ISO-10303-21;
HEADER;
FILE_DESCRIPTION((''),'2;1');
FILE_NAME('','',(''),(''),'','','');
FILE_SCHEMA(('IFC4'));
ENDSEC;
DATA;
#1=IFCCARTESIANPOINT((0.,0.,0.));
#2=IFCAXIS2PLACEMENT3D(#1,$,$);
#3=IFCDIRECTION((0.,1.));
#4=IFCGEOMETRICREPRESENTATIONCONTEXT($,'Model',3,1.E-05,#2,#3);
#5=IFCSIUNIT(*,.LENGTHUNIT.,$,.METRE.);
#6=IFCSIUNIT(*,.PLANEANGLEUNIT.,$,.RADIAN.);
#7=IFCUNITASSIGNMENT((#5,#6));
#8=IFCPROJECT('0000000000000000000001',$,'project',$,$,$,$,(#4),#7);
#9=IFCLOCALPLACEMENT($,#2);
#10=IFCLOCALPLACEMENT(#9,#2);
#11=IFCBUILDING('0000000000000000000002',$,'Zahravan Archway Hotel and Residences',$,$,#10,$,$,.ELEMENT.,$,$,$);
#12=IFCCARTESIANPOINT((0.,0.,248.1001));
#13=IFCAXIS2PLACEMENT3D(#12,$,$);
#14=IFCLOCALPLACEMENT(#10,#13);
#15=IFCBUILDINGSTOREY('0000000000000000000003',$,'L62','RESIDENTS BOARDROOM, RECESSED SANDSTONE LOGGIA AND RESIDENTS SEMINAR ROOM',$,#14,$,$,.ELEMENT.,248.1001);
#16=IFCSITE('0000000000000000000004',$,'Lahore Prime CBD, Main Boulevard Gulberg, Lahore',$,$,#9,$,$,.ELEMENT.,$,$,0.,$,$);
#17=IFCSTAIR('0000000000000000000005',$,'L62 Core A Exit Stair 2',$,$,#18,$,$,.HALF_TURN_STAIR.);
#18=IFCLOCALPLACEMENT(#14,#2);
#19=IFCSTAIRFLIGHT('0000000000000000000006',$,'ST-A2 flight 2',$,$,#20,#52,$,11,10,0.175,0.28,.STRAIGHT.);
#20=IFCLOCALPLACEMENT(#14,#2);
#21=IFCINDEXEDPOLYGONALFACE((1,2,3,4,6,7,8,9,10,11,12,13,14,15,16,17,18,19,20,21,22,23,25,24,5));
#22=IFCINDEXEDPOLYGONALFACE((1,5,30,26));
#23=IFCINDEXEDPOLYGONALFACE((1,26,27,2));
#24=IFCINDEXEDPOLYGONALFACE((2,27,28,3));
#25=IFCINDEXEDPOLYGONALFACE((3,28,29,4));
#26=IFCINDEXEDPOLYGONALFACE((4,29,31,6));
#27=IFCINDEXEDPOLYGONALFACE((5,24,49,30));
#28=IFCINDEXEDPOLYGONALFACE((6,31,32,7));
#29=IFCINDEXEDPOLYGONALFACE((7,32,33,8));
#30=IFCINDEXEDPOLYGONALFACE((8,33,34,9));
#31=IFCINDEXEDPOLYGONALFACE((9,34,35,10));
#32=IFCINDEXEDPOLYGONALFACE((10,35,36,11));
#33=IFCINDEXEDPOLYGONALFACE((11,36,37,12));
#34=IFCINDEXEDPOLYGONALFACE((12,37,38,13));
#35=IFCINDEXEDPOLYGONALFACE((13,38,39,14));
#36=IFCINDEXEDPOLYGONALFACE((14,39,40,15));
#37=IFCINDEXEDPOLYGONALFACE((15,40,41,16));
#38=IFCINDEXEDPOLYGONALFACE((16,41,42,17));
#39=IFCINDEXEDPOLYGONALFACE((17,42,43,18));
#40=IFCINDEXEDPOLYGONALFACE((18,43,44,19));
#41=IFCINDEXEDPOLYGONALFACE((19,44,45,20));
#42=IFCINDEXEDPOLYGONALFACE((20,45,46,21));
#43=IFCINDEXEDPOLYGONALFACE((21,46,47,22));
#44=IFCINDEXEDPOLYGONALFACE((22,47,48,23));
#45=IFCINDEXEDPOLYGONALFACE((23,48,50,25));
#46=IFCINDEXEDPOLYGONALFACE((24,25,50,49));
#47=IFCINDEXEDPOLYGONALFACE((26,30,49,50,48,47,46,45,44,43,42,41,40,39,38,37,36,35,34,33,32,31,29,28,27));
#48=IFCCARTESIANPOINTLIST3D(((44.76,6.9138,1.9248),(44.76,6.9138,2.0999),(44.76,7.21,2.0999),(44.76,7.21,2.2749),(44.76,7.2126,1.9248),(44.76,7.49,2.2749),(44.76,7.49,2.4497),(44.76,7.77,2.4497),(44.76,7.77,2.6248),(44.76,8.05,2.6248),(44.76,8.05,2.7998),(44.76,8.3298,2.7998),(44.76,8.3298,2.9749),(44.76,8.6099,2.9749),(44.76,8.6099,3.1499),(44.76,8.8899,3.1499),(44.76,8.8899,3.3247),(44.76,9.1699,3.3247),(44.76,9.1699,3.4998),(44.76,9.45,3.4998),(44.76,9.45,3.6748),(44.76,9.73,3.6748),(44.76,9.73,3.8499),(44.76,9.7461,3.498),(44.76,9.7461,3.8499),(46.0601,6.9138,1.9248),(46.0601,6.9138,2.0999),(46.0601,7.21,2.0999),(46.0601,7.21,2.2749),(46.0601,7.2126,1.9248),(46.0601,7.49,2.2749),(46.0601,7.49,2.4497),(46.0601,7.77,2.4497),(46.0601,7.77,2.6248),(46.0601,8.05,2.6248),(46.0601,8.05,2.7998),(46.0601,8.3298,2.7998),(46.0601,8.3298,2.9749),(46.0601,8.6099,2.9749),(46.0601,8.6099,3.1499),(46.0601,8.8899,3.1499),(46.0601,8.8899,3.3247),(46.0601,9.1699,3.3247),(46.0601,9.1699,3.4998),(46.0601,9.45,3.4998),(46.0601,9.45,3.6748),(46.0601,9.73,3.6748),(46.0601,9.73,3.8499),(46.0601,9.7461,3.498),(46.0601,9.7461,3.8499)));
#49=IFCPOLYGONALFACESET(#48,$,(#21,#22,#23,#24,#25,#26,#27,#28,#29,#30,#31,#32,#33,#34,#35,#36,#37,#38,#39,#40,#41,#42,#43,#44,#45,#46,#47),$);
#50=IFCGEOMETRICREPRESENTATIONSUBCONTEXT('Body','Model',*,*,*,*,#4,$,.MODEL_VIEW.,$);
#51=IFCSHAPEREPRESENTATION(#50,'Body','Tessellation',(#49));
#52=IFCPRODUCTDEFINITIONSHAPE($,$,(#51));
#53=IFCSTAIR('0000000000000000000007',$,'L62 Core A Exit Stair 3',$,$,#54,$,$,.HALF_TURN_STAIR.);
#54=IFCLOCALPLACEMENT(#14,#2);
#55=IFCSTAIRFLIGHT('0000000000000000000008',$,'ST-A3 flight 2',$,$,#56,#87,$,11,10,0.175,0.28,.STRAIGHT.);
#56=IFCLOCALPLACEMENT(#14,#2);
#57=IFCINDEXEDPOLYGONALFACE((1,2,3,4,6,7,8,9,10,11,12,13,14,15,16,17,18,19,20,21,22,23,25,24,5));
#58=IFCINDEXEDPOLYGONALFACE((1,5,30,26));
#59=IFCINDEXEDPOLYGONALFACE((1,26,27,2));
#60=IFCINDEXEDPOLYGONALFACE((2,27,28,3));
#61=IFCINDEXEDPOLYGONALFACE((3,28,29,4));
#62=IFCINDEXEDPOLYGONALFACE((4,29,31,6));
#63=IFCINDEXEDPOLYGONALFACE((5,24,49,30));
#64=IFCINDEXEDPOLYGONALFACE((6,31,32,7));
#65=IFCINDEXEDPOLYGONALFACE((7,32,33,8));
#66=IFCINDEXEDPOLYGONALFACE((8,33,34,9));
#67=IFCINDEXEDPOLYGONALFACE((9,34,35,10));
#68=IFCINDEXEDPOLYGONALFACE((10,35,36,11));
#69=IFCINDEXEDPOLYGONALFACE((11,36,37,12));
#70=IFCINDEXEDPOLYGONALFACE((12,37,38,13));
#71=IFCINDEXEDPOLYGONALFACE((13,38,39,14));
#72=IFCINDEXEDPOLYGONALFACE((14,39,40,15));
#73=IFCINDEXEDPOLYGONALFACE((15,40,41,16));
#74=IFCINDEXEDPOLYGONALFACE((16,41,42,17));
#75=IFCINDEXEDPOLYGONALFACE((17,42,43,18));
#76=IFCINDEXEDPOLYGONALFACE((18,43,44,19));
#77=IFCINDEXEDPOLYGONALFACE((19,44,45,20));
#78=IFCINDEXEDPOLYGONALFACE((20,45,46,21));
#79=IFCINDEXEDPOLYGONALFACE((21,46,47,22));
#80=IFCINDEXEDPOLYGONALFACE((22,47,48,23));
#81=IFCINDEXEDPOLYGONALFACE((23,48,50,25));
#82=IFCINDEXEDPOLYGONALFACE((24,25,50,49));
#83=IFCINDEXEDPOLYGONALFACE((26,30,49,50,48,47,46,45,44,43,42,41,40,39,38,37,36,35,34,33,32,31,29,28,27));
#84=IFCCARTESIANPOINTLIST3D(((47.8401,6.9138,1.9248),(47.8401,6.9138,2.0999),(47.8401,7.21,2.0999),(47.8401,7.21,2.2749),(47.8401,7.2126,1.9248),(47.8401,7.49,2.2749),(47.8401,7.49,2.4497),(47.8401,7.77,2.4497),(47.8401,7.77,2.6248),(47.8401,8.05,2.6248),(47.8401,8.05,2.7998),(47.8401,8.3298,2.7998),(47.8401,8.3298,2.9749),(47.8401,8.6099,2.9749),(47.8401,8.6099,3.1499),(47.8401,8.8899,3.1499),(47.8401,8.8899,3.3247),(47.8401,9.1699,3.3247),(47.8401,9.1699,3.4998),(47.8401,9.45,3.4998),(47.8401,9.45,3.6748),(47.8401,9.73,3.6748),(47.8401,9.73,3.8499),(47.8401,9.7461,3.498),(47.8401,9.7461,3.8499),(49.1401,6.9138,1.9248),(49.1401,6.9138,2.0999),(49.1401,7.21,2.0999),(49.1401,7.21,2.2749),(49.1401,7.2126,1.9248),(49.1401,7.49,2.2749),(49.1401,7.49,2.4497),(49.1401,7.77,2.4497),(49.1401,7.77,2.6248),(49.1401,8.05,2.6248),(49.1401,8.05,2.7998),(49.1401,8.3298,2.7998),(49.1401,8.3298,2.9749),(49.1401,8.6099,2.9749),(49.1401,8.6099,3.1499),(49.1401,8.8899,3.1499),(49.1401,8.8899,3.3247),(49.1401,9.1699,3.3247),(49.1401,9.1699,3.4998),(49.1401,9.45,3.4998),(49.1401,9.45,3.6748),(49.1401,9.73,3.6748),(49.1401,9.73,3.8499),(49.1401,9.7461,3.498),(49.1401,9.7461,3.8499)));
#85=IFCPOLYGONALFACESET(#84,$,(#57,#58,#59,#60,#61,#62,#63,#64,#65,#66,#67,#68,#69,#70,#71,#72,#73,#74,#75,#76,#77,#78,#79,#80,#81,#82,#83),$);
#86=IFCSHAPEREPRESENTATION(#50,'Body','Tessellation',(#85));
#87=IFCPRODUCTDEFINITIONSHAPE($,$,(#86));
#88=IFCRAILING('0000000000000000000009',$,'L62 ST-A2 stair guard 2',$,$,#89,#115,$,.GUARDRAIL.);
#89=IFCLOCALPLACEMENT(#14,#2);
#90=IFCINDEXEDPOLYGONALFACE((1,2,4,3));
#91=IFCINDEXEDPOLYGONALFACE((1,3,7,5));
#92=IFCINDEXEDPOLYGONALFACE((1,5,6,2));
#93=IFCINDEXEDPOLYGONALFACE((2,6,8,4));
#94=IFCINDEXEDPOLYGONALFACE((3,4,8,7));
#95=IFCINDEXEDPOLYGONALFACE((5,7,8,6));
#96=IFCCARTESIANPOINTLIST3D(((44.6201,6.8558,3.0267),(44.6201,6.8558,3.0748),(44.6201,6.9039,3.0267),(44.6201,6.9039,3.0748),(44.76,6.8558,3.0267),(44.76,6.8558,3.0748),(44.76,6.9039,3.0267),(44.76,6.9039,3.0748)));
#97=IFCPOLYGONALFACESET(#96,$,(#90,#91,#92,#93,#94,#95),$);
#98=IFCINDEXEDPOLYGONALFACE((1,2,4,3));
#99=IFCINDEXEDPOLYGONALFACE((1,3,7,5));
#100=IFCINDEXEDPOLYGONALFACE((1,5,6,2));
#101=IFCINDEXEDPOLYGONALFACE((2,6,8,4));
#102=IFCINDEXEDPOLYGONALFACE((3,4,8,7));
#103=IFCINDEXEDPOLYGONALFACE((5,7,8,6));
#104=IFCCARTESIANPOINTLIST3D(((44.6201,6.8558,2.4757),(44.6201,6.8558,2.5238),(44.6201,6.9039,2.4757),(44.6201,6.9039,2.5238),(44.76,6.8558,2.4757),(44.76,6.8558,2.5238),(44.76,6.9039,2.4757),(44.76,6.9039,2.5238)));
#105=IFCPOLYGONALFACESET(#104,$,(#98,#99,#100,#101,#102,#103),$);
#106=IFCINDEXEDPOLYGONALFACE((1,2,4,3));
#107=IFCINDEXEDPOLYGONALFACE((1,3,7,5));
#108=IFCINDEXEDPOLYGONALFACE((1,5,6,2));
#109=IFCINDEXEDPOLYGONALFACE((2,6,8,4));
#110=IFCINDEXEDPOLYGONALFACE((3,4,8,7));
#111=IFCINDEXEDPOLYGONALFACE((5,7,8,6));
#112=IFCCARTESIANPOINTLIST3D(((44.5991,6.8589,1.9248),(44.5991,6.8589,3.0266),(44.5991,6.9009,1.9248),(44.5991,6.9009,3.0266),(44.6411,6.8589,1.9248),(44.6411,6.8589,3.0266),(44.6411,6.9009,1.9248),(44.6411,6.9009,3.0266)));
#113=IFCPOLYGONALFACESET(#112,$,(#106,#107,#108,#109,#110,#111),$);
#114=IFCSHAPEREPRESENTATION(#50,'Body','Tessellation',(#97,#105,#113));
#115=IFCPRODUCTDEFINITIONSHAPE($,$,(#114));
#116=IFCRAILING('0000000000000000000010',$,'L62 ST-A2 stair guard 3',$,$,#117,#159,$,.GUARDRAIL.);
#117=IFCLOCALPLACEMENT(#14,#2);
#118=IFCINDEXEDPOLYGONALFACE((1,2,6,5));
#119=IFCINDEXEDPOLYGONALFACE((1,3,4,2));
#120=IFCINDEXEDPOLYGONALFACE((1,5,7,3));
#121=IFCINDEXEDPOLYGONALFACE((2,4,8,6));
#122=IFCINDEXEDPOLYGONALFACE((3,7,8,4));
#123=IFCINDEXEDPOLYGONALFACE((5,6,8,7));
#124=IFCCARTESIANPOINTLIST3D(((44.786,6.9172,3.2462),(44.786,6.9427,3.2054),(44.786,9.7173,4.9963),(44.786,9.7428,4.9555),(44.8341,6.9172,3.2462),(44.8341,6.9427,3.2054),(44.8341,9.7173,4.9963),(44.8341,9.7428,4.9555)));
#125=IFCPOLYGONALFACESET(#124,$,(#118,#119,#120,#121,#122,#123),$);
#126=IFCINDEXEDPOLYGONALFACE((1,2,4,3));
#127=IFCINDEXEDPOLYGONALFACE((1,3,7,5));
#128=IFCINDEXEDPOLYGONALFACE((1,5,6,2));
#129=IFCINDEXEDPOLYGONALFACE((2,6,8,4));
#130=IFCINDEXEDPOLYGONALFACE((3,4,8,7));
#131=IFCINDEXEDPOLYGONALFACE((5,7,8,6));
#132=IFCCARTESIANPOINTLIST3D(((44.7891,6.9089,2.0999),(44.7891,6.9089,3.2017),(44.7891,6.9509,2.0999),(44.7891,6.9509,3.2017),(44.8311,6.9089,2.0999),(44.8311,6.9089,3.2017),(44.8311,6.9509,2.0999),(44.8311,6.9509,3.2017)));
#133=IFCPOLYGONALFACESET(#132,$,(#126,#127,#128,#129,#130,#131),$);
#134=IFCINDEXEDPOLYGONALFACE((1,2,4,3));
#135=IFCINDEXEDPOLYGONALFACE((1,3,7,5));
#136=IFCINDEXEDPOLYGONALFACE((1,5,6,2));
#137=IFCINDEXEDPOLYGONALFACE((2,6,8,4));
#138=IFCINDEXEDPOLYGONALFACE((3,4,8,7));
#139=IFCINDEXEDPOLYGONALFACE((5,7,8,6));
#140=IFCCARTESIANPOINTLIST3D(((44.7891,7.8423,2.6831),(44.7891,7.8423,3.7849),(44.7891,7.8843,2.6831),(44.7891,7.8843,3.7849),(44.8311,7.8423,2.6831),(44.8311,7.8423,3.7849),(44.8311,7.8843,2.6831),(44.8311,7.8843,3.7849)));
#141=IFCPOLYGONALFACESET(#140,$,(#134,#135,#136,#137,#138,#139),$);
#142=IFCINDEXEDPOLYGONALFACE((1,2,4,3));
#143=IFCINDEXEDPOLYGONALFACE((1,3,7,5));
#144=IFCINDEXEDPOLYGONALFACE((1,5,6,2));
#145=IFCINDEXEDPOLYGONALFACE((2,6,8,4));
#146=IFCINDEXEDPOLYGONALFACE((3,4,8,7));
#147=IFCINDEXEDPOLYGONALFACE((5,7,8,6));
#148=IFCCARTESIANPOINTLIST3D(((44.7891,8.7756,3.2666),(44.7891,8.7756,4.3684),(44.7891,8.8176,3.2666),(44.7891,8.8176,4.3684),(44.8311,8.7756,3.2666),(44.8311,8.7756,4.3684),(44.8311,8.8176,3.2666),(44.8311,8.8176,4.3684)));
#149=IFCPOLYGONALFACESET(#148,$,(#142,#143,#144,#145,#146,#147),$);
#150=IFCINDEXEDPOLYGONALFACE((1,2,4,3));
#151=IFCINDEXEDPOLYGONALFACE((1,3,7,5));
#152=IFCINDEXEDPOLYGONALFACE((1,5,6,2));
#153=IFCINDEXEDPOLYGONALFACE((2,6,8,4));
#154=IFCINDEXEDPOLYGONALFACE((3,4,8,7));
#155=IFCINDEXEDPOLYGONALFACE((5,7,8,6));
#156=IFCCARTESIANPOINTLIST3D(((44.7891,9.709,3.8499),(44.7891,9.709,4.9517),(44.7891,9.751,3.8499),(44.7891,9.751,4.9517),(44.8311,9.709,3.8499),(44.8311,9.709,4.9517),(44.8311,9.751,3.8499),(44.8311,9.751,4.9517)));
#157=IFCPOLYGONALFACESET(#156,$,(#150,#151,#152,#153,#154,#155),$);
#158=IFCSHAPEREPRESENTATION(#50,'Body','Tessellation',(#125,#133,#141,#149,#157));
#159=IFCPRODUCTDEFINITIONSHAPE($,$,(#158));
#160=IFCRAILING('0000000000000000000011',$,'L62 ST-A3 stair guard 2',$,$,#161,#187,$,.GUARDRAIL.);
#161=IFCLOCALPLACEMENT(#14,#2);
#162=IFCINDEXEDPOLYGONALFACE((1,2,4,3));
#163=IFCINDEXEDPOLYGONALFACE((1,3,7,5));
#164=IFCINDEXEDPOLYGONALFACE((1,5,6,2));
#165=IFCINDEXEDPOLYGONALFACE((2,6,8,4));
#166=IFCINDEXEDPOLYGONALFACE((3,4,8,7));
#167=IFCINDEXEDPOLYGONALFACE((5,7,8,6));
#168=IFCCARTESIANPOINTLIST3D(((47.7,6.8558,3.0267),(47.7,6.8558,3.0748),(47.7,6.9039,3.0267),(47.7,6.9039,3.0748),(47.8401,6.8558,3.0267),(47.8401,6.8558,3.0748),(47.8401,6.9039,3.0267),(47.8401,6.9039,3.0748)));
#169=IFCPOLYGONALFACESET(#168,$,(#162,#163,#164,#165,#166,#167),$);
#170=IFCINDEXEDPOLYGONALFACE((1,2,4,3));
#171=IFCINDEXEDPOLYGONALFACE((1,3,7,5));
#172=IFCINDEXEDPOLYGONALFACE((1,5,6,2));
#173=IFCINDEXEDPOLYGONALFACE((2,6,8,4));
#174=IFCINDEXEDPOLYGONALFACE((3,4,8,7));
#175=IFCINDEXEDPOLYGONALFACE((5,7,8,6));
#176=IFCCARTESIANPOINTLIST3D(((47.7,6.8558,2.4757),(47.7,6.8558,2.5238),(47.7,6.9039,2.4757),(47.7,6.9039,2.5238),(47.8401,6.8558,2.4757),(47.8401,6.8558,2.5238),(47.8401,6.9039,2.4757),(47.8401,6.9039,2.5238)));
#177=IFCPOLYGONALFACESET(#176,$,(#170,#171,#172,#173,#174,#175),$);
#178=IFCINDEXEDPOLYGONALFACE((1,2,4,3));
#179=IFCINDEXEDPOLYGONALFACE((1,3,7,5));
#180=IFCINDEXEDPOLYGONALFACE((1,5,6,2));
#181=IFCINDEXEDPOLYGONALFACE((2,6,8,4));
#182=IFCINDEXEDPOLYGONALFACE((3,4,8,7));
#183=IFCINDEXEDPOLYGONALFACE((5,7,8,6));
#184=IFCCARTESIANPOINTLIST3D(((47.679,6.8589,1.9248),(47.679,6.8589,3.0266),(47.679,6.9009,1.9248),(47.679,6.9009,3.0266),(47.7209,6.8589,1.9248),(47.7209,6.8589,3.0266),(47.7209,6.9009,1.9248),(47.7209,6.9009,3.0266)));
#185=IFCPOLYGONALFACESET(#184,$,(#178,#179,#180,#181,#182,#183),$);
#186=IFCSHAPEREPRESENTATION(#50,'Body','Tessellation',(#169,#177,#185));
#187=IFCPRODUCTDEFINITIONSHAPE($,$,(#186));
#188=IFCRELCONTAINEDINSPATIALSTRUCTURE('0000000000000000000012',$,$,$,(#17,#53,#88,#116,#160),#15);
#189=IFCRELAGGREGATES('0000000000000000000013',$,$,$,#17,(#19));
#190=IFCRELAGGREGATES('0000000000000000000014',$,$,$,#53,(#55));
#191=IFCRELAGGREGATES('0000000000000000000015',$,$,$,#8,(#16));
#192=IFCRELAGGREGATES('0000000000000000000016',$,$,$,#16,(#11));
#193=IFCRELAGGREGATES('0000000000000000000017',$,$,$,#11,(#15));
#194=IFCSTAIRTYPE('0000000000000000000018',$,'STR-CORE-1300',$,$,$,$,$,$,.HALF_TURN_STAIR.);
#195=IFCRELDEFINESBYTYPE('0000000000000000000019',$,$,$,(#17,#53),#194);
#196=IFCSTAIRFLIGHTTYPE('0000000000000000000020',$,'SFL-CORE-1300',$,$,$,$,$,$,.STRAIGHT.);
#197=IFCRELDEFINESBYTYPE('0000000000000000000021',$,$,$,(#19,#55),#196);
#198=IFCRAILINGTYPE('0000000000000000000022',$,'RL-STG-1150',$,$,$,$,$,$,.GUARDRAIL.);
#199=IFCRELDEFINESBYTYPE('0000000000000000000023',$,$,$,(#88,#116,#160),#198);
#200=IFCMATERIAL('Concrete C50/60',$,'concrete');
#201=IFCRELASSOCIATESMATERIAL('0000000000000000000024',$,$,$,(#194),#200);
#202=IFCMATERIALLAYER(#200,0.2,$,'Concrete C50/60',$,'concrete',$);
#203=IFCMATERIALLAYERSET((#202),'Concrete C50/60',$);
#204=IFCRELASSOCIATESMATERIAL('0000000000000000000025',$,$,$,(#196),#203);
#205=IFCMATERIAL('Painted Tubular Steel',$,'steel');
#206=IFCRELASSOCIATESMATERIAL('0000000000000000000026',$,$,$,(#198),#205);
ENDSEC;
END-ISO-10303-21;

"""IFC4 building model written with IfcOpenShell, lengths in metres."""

from ifc_helpers import new_model, si_unit, direction, frame, origin, origin_2d, place, context, subcontext, project, spatial, polyline, rectangle, outline, extrude, source, transform, mapped, material, layer, layer_set, type_object, element, aggregate, save


model = new_model("IFC4")

# Units and contexts
model_context = context("Model", 3, precision=1e-05, world=origin(), true_north=direction((0.0, 1.0)))
body_context = subcontext(model_context, "Body", "Model", "MODEL_VIEW")
ifc_project = project(units=[si_unit("LENGTHUNIT", "METRE"), si_unit("PLANEANGLEUNIT", "RADIAN")], contexts=[model_context])

# Site, building, storey
site_placement = place(None, origin())
site = spatial("IfcSite", under=ifc_project, at=site_placement, Name="Lahore Prime CBD, Main Boulevard Gulberg, Lahore", CompositionType="ELEMENT", RefElevation=0.0)
building_placement = place(site_placement, origin())
building = spatial("IfcBuilding", under=site, at=building_placement, Name="Zahravan Archway Hotel and Residences", CompositionType="ELEMENT")
storey_placement = place(building_placement, frame((0.0, 0.0, 248.1001)))
storey = spatial("IfcBuildingStorey", under=building, at=storey_placement, Name="L62", Description="RESIDENTS BOARDROOM, RECESSED SANDSTONE LOGGIA AND RESIDENTS SEMINAR ROOM", CompositionType="ELEMENT", Elevation=248.1001)

# Shared definitions
ifc_material_1 = material(Name="Concrete C50/60", Category="concrete")

# Stairs, stair flights
stair_type = type_object("IfcStairType", Name="STR-CORE-1300", PredefinedType="HALF_TURN_STAIR", material=ifc_material_1)
stair_1_placement = place(storey_placement, origin())
stair_1 = element("IfcStair", 1, at=stair_1_placement, inside=storey, type_object=stair_type, Name="L62 Core A Exit Stair 2", PredefinedType="HALF_TURN_STAIR")
ifc_layer_1 = layer(ifc_material_1, 0.2, Name="Concrete C50/60", Category="concrete")
ifc_layer_set_1 = layer_set([ifc_layer_1], Name="Concrete C50/60")
stair_flight_type = type_object("IfcStairFlightType", Name="SFL-CORE-1300", PredefinedType="STRAIGHT", material=ifc_layer_set_1)
shared_shape_1 = source(origin(), body_context, "Body", "SweptSolid", [
    extrude(outline(polyline([(-0.0161, 0.0), (-0.0161, 0.175), (0.28, 0.175), (0.28, 0.3501), (0.5601, 0.3501), (0.5601, 0.5249), (0.8401, 0.5249), (0.8401, 0.7), (1.1201, 0.7), (1.1201, 0.875), (1.3999, 0.875), (1.3999, 1.05), (1.6799, 1.05), (1.6799, 1.2251), (1.96, 1.2251), (1.96, 1.3999), (2.24, 1.3999), (2.24, 1.575), (2.52, 1.575), (2.52, 1.75), (2.8, 1.75), (2.8, 1.925), (2.8162, 1.925), (2.8162, 1.5732), (0.2827, 0.0), (-0.0161, 0.0)])), frame((0.0, 0.6499, 0.0), z_axis=(0.0, -1.0, 0.0), x_axis=(1.0, 0.0, 0.0)), (0.0, 0.0, 1.0), 1.3),
])
stair_flight_1_placement = place(storey_placement, frame((45.4099, 6.9299, 1.9248), z_axis=(0.0, 0.0, 1.0), x_axis=(0.0, 1.0, 0.0)))
stair_flight_1 = element("IfcStairFlight", 2, at=stair_flight_1_placement, type_object=stair_flight_type, Name="ST-A2 flight 2", NumberOfRisers=11, NumberOfTreads=10, PredefinedType="STRAIGHT", RiserHeight=0.175, TreadLength=0.28, context=body_context, shape_type="MappedRepresentation", body=[
    mapped(shared_shape_1, transform((0.0, 0.0, 0.0), scale=1.0)),
])
aggregate(stair_1, [stair_flight_1])
stair_2_placement = place(storey_placement, origin())
stair_2 = element("IfcStair", 3, at=stair_2_placement, inside=storey, type_object=stair_type, Name="L62 Core A Exit Stair 3", PredefinedType="HALF_TURN_STAIR")
stair_flight_2_placement = place(storey_placement, frame((48.49, 6.9299, 1.9248), z_axis=(0.0, 0.0, 1.0), x_axis=(0.0, 1.0, 0.0)))
stair_flight_2 = element("IfcStairFlight", 4, at=stair_flight_2_placement, type_object=stair_flight_type, Name="ST-A3 flight 2", NumberOfRisers=11, NumberOfTreads=10, PredefinedType="STRAIGHT", RiserHeight=0.175, TreadLength=0.28, context=body_context, shape_type="MappedRepresentation", body=[
    mapped(shared_shape_1, transform((0.0, 0.0, 0.0), scale=1.0)),
])
aggregate(stair_2, [stair_flight_2])

# Railings
ifc_material_2 = material(Name="Painted Tubular Steel", Category="steel")
railing_type_1 = type_object("IfcRailingType", Name="RL-STG-1150", PredefinedType="GUARDRAIL", material=ifc_material_2)
railing_1_placement = place(storey_placement, frame((44.6201, 6.8799, 1.9248)))
element("IfcRailing", 5, at=railing_1_placement, inside=storey, type_object=railing_type_1, Name="L62 ST-A2 stair guard 2", PredefinedType="GUARDRAIL", context=body_context, shape_type="SweptSolid", body=[
    extrude(rectangle(XDim=0.0481, YDim=0.0481, at=origin_2d()), frame((0.0, 0.0, 1.126), z_axis=(1.0, 0.0, 0.0), x_axis=(0.0, 1.0, 0.0)), (0.0, 0.0, 1.0), 0.1399),
    extrude(rectangle(XDim=0.0481, YDim=0.0481, at=origin_2d()), frame((0.0, 0.0, 0.575), z_axis=(1.0, 0.0, 0.0), x_axis=(0.0, 1.0, 0.0)), (0.0, 0.0, 1.0), 0.1399),
    extrude(rectangle(XDim=0.042, YDim=0.042, at=origin_2d()), origin(), (0.0, 0.0, 1.0), 1.1018),
])
railing_2_placement = place(storey_placement, frame((44.8101, 6.9299, 2.0999)))
element("IfcRailing", 6, at=railing_2_placement, inside=storey, type_object=railing_type_1, Name="L62 ST-A2 stair guard 3", PredefinedType="GUARDRAIL", context=body_context, shape_type="SweptSolid", body=[
    extrude(rectangle(XDim=0.0481, YDim=0.0481, at=origin_2d()), frame((0.0, 0.0, 1.126), z_axis=(0.0, 0.848002, 0.529992), x_axis=(-1.0, 0.0, 0.0)), (0.0, 0.0, 1.0), 3.302),
    extrude(rectangle(XDim=0.042, YDim=0.042, at=origin_2d()), origin(), (0.0, 0.0, 1.0), 1.1018),
    extrude(rectangle(XDim=0.042, YDim=0.042, at=origin_2d()), frame((0.0, 0.9333, 0.5833)), (0.0, 0.0, 1.0), 1.1018),
    extrude(rectangle(XDim=0.042, YDim=0.042, at=origin_2d()), frame((0.0, 1.8667, 1.1667)), (0.0, 0.0, 1.0), 1.1018),
    extrude(rectangle(XDim=0.042, YDim=0.042, at=origin_2d()), frame((0.0, 2.8, 1.75)), (0.0, 0.0, 1.0), 1.1018),
])
railing_3_placement = place(storey_placement, frame((47.7, 6.8799, 1.9248)))
element("IfcRailing", 7, at=railing_3_placement, inside=storey, type_object=railing_type_1, Name="L62 ST-A3 stair guard 2", PredefinedType="GUARDRAIL", context=body_context, shape_type="SweptSolid", body=[
    extrude(rectangle(XDim=0.0481, YDim=0.0481, at=origin_2d()), frame((0.0, 0.0, 1.126), z_axis=(1.0, 0.0, 0.0), x_axis=(0.0, 1.0, 0.0)), (0.0, 0.0, 1.0), 0.1401),
    extrude(rectangle(XDim=0.0481, YDim=0.0481, at=origin_2d()), frame((0.0, 0.0, 0.575), z_axis=(1.0, 0.0, 0.0), x_axis=(0.0, 1.0, 0.0)), (0.0, 0.0, 1.0), 0.1401),
    extrude(rectangle(XDim=0.042, YDim=0.042, at=origin_2d()), origin(), (0.0, 0.0, 1.0), 1.1018),
])

save(model, "model.ifc")
